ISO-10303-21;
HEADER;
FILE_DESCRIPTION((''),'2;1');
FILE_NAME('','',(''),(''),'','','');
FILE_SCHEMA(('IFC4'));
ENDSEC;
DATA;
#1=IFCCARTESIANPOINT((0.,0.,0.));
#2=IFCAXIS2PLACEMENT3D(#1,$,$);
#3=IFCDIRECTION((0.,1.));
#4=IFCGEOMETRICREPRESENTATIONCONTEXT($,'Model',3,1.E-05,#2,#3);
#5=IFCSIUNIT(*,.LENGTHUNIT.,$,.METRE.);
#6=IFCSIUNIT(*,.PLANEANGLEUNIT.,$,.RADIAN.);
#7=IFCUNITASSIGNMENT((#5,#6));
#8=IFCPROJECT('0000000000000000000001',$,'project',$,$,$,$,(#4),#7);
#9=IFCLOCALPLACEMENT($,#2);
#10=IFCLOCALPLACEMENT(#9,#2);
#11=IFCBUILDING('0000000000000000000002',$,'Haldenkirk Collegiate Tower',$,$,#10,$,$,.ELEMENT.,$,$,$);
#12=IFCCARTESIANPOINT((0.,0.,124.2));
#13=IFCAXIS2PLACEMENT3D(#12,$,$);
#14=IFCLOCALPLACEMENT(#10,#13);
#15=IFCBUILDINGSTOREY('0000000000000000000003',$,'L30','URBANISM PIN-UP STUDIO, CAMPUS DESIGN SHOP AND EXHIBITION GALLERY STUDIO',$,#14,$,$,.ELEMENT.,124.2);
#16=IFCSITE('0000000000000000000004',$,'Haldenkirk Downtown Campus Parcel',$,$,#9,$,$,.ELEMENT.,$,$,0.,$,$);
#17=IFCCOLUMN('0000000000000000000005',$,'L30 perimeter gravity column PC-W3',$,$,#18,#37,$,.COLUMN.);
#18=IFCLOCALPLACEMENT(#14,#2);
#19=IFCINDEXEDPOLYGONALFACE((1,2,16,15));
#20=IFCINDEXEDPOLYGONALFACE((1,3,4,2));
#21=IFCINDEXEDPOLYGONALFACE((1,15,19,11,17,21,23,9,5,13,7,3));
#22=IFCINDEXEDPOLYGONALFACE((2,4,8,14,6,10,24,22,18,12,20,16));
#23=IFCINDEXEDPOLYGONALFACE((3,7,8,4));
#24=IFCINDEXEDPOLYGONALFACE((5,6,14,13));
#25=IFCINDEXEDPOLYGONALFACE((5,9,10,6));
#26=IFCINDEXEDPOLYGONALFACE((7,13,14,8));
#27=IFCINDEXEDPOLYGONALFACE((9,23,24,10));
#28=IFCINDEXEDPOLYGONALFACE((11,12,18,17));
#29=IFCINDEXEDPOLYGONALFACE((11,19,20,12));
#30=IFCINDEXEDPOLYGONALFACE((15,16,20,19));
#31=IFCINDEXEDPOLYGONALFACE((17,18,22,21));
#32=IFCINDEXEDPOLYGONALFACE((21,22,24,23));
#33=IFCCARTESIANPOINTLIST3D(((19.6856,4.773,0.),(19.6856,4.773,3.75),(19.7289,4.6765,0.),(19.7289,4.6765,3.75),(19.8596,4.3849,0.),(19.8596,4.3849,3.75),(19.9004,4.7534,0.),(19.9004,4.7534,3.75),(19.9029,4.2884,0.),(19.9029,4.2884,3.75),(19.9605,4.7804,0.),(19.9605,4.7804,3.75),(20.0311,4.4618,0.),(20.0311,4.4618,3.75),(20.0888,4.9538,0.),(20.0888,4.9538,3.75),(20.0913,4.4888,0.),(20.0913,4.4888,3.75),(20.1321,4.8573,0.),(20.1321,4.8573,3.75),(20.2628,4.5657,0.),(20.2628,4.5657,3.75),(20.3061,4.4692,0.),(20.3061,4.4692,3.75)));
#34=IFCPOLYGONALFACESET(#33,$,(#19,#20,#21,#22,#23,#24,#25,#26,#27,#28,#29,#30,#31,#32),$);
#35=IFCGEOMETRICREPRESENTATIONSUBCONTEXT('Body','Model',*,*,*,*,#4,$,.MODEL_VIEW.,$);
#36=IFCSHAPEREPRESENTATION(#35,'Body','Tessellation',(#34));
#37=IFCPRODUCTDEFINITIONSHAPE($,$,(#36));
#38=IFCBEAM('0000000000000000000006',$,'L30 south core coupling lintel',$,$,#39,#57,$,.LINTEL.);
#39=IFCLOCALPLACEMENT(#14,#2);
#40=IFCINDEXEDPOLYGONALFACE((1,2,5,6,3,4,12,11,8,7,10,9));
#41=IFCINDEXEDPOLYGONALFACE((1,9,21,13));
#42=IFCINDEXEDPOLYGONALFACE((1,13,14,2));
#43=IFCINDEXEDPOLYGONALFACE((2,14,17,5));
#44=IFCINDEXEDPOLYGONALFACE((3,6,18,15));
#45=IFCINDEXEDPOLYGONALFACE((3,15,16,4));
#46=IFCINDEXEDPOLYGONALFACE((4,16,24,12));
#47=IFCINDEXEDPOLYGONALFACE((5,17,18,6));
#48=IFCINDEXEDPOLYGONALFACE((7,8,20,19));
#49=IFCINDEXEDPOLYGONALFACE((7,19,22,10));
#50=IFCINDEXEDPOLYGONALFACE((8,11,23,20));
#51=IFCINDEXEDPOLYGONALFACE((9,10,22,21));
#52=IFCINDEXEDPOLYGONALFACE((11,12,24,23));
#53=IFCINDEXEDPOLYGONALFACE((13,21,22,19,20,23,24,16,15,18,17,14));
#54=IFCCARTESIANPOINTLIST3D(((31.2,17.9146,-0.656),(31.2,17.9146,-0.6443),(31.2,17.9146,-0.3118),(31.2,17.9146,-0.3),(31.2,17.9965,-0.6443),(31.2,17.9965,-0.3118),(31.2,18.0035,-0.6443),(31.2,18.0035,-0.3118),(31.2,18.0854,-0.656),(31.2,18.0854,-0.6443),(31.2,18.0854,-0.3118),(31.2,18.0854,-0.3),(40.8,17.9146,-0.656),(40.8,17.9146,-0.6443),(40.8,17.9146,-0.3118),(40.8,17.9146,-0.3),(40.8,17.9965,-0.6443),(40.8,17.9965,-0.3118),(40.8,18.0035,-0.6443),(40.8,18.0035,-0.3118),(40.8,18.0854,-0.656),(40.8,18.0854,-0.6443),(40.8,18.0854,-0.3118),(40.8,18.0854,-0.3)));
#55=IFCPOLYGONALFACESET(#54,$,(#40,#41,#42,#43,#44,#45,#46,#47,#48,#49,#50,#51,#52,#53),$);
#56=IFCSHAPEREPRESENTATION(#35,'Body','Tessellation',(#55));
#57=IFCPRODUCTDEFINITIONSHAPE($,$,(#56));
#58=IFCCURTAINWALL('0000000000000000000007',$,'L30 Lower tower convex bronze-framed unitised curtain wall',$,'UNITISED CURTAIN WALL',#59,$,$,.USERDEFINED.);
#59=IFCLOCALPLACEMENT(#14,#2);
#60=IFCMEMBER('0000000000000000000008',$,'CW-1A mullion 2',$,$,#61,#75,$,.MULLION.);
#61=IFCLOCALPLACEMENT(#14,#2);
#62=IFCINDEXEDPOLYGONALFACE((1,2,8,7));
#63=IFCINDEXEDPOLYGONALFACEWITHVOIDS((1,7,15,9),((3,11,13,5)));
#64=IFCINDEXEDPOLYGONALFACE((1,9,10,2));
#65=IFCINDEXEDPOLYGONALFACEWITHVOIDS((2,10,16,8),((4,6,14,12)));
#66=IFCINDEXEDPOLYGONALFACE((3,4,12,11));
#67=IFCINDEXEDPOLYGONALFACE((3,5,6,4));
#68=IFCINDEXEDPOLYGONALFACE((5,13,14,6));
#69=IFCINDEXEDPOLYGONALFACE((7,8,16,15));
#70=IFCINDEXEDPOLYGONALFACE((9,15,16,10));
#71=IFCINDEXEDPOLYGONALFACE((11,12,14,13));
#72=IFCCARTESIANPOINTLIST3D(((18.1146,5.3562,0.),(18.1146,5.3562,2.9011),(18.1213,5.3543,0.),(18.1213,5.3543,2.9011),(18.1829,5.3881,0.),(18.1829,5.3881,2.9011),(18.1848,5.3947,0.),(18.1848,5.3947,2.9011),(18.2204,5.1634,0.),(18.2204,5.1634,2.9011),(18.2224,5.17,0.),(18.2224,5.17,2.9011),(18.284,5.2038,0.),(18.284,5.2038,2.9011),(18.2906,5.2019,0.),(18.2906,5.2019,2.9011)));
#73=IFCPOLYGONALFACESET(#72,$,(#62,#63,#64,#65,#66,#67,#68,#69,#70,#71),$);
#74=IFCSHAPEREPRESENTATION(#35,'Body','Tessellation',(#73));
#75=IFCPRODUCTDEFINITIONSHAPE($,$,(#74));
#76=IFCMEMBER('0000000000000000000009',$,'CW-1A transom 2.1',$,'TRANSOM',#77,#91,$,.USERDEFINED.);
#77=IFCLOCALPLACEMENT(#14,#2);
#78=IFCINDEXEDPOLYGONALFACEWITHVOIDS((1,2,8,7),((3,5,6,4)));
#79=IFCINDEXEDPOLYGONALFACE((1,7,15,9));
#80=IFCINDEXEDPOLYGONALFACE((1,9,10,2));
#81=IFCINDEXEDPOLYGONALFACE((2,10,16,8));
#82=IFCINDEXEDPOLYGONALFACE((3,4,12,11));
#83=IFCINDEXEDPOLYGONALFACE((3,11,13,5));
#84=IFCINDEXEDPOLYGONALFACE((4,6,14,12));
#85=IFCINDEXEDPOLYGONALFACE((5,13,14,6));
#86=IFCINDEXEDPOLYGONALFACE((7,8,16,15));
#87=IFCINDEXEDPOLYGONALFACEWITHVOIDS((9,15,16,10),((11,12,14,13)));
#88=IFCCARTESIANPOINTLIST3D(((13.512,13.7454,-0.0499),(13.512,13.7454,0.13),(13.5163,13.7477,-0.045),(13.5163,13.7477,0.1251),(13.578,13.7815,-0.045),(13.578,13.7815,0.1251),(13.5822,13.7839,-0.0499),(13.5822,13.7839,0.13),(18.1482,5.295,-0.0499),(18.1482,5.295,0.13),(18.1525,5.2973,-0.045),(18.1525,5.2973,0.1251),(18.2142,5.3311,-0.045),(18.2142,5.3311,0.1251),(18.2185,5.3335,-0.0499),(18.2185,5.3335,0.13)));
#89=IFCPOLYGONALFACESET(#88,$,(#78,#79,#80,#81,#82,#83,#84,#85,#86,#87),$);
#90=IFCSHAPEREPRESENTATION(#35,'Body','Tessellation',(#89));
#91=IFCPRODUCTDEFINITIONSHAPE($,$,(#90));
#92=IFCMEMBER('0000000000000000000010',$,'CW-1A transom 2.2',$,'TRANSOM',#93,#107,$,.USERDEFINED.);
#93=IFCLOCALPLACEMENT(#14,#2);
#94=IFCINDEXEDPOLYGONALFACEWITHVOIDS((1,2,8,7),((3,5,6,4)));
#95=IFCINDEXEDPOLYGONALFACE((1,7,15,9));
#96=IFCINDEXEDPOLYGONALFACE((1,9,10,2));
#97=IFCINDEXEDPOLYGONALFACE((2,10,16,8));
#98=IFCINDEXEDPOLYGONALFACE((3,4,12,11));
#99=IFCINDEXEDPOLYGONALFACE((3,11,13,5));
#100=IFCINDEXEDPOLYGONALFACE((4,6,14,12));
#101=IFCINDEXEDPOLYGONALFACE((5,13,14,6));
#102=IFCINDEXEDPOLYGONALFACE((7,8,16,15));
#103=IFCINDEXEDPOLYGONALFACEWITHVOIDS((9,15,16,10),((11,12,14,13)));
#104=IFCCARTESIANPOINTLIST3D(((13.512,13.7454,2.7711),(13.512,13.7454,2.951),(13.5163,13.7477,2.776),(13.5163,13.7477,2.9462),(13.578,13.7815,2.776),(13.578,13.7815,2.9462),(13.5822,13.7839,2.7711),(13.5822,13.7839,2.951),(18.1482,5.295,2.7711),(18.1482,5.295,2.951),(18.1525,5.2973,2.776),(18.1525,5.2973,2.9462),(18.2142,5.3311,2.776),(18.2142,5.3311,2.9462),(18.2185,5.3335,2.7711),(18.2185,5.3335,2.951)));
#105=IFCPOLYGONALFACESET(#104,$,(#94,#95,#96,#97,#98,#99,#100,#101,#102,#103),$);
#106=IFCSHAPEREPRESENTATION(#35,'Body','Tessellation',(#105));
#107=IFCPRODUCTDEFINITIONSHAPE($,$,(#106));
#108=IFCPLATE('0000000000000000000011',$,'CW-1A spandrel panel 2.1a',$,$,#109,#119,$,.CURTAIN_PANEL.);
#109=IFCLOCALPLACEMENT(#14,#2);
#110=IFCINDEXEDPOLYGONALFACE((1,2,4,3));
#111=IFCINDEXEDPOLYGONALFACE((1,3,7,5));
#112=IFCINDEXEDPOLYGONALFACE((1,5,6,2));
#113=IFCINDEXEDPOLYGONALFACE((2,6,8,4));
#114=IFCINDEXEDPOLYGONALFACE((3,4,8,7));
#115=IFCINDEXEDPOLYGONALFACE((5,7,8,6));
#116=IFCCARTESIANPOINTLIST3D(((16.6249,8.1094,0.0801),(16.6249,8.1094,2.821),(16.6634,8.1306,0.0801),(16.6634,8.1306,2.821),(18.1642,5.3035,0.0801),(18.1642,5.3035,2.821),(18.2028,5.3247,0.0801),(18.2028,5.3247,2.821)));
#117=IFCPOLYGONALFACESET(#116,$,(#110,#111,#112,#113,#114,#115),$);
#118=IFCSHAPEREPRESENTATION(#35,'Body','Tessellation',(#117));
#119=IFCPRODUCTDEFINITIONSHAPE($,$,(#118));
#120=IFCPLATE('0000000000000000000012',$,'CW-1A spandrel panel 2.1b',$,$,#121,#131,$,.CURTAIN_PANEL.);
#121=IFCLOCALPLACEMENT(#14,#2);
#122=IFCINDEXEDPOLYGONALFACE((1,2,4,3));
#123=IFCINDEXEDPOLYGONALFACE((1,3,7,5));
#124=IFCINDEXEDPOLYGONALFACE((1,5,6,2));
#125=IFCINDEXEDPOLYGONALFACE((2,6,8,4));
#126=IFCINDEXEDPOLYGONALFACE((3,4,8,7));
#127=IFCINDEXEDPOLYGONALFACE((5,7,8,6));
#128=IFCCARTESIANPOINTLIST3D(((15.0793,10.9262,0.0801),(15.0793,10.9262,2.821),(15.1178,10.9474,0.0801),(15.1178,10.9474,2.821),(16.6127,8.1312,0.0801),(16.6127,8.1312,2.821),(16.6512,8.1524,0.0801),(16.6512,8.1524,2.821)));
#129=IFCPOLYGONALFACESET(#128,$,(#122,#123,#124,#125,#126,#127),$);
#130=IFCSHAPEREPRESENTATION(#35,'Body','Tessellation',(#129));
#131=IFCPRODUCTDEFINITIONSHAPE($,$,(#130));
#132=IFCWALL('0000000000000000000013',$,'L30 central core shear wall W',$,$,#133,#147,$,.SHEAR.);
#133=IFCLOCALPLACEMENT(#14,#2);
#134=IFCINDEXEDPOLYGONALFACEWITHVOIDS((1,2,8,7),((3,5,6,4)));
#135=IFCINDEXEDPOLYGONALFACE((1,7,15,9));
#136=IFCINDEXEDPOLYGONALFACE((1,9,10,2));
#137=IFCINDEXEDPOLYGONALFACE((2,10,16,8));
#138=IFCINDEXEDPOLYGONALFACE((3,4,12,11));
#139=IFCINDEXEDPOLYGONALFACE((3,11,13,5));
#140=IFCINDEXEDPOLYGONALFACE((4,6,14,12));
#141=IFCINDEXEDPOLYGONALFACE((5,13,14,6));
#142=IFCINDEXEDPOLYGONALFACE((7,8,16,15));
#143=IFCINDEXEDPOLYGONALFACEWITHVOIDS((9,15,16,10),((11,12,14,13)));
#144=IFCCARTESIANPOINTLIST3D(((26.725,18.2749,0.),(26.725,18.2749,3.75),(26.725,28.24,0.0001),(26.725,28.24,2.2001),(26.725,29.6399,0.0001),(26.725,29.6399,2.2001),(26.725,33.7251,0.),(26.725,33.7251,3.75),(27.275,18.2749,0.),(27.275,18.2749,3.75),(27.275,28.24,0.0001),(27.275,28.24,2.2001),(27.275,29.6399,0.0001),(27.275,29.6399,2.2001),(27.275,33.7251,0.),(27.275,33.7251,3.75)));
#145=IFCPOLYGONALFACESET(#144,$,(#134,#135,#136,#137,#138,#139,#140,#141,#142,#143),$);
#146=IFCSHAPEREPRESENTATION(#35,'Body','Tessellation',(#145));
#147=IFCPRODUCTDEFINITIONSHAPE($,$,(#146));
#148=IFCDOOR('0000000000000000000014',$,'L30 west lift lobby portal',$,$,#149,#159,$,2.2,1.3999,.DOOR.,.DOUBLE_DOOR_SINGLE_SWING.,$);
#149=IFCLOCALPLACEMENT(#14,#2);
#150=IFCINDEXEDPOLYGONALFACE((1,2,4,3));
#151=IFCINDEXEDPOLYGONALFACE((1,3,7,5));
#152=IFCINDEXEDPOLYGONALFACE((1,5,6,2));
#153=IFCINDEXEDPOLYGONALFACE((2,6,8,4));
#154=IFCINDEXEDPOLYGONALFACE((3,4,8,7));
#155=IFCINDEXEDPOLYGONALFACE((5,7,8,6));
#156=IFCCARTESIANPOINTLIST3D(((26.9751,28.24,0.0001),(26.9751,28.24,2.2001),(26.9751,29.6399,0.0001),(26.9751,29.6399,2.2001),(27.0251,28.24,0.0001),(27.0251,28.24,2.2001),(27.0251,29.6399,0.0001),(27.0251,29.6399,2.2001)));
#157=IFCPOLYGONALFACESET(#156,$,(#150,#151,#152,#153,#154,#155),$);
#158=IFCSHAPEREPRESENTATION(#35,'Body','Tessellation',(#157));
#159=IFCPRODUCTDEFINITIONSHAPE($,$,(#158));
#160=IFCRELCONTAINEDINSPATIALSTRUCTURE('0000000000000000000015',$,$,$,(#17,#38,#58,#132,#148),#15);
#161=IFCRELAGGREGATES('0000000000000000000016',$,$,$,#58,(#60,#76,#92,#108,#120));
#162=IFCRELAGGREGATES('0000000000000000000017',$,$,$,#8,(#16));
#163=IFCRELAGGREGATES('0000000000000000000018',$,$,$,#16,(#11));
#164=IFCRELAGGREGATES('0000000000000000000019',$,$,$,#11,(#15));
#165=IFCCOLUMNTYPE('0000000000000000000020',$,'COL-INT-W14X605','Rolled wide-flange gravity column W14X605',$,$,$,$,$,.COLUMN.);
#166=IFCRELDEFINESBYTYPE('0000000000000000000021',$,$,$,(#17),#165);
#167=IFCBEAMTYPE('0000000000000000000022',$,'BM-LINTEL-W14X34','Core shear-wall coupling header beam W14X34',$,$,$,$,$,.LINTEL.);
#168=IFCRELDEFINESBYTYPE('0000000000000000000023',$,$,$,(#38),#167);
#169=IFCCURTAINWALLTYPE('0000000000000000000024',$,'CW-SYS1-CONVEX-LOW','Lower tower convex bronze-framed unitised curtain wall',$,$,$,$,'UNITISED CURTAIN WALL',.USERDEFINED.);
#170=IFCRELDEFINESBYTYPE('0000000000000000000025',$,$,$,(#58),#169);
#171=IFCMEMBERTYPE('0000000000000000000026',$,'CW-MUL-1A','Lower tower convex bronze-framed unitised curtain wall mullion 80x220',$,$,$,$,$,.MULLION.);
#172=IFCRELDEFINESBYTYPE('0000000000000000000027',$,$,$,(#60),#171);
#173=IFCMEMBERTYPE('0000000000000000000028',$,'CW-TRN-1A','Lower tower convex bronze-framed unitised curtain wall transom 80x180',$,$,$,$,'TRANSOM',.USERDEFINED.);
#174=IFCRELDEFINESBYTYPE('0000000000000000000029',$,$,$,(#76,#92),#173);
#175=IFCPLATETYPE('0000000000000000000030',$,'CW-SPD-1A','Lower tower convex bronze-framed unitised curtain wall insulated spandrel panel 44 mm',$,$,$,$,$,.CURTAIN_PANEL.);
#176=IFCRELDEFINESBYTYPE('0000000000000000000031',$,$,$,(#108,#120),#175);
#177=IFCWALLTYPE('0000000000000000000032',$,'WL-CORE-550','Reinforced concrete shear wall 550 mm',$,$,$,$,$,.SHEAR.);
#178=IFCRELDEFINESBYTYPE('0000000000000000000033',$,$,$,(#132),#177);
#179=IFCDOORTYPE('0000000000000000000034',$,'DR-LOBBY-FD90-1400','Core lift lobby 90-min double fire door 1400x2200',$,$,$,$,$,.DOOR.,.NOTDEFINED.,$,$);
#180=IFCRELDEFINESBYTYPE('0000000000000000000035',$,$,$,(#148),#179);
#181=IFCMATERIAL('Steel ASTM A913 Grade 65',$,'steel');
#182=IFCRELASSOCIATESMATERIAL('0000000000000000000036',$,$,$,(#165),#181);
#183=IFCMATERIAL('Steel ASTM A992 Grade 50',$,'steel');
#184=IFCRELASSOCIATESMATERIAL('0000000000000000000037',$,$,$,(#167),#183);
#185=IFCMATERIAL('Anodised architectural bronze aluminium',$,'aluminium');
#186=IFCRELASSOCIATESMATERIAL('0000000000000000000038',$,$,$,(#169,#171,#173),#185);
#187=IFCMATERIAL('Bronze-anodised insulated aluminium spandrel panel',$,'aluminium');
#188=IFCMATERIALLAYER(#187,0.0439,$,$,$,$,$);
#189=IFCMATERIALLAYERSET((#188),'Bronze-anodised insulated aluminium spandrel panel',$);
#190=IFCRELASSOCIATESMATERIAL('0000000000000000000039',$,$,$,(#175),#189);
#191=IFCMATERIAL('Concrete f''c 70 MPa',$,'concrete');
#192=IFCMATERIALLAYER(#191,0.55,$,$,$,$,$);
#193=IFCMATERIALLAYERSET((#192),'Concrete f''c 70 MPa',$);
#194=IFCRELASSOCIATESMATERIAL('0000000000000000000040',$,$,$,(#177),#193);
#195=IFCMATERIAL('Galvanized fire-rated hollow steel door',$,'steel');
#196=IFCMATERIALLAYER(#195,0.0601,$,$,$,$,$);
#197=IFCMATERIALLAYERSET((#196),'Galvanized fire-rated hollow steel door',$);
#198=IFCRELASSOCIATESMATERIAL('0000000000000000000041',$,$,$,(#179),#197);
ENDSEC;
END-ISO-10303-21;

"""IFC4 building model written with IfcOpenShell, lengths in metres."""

from ifc_helpers import new_model, si_unit, direction, frame, frame_2d, origin, origin_2d, place, context, subcontext, project, spatial, rectangle, hollow_rectangle, i_section, extrude, source, transform, mapped, material, layer, layer_set, material_profile, profile_set, type_object, element, fill, aggregate, save


model = new_model("IFC4")

# Units and contexts
model_context = context("Model", 3, precision=1e-05, world=origin(), true_north=direction((0.0, 1.0)))
body_context = subcontext(model_context, "Body", "Model", "MODEL_VIEW")
ifc_project = project(units=[si_unit("LENGTHUNIT", "METRE"), si_unit("PLANEANGLEUNIT", "RADIAN")], contexts=[model_context])

# Site, building, storey
site_placement = place(None, origin())
site = spatial("IfcSite", under=ifc_project, at=site_placement, Name="Haldenkirk Downtown Campus Parcel", CompositionType="ELEMENT", RefElevation=0.0)
building_placement = place(site_placement, origin())
building = spatial("IfcBuilding", under=site, at=building_placement, Name="Haldenkirk Collegiate Tower", CompositionType="ELEMENT")
storey_placement = place(building_placement, frame((0.0, 0.0, 124.2)))
storey = spatial("IfcBuildingStorey", under=building, at=storey_placement, Name="L30", Description="URBANISM PIN-UP STUDIO, CAMPUS DESIGN SHOP AND EXHIBITION GALLERY STUDIO", CompositionType="ELEMENT", Elevation=124.2)

# Column
ifc_material_1 = material(Name="Steel ASTM A913 Grade 65", Category="steel")
ifc_material_profile_1 = material_profile(ifc_material_1, i_section(OverallWidth=0.4419, OverallDepth=0.531, WebThickness=0.0659, FlangeThickness=0.1057, at=origin_2d()), Name="W14X605")
ifc_profile_set_1 = profile_set([ifc_material_profile_1], Name="Steel ASTM A913 Grade 65")
column_type = type_object("IfcColumnType", Name="COL-INT-W14X605", Description="Rolled wide-flange gravity column W14X605", PredefinedType="COLUMN", material=ifc_profile_set_1)
column_placement = place(storey_placement, frame((19.9958, 4.6211, 0.0), z_axis=(0.0, 0.0, 1.0), x_axis=(0.912477, 0.409127, 0.0)))
element("IfcColumn", 1, at=column_placement, inside=storey, type_object=column_type, Name="L30 perimeter gravity column PC-W3", PredefinedType="COLUMN", context=body_context, shape_type="SweptSolid", body=[
    extrude(i_section(OverallWidth=0.4419, OverallDepth=0.531, WebThickness=0.0659, FlangeThickness=0.1057, at=origin_2d()), origin(), (0.0, 0.0, 1.0), 3.75),
])

# Beam
ifc_material_2 = material(Name="Steel ASTM A992 Grade 50", Category="steel")
ifc_material_profile_2 = material_profile(ifc_material_2, i_section(OverallWidth=0.1709, OverallDepth=0.356, WebThickness=0.0071, FlangeThickness=0.0117, at=origin_2d()), Name="W14X34")
ifc_profile_set_2 = profile_set([ifc_material_profile_2], Name="Steel ASTM A992 Grade 50")
beam_type = type_object("IfcBeamType", Name="BM-LINTEL-W14X34", Description="Core shear-wall coupling header beam W14X34", PredefinedType="LINTEL", material=ifc_profile_set_2)
beam_placement = place(storey_placement, frame((31.2, 18.0, -0.478), z_axis=(1.0, 0.0, 0.0), x_axis=(0.0, 1.0, 0.0)))
element("IfcBeam", 2, at=beam_placement, inside=storey, type_object=beam_type, Name="L30 south core coupling lintel", PredefinedType="LINTEL", context=body_context, shape_type="SweptSolid", body=[
    extrude(i_section(OverallWidth=0.1709, OverallDepth=0.356, WebThickness=0.0071, FlangeThickness=0.0117, at=origin_2d()), origin(), (0.0, 0.0, 1.0), 9.6001),
])

# Curtain wall, members, plates
ifc_material_3 = material(Name="Anodised architectural bronze aluminium", Category="aluminium")
curtain_wall_type = type_object("IfcCurtainWallType", Name="CW-SYS1-CONVEX-LOW", Description="Lower tower convex bronze-framed unitised curtain wall", ElementType="UNITISED CURTAIN WALL", PredefinedType="USERDEFINED", material=ifc_material_3)
curtain_wall_placement = place(storey_placement, origin())
curtain_wall = element("IfcCurtainWall", 3, at=curtain_wall_placement, inside=storey, type_object=curtain_wall_type, Name="L30 Lower tower convex bronze-framed unitised curtain wall", ObjectType="UNITISED CURTAIN WALL", PredefinedType="USERDEFINED")
ifc_material_profile_3 = material_profile(ifc_material_3, hollow_rectangle(XDim=0.0801, YDim=0.22, WallThickness=0.0049, at=origin_2d()), Name="CW-MUL-1A")
ifc_profile_set_3 = profile_set([ifc_material_profile_3], Name="Anodised architectural bronze aluminium")
member_type_1 = type_object("IfcMemberType", Name="CW-MUL-1A", Description="Lower tower convex bronze-framed unitised curtain wall mullion 80x220", PredefinedType="MULLION", material=ifc_profile_set_3)
member_1_placement = place(storey_placement, frame((18.2026, 5.2791, 0.0), z_axis=(0.0, 0.0, 1.0), x_axis=(-0.876727, -0.480989, 0.0)))
member_1 = element("IfcMember", 4, at=member_1_placement, type_object=member_type_1, Name="CW-1A mullion 2", PredefinedType="MULLION", context=body_context, shape_type="SweptSolid", body=[
    extrude(hollow_rectangle(XDim=0.0801, YDim=0.22, WallThickness=0.0049, at=origin_2d()), origin(), (0.0, 0.0, 1.0), 2.9011),
])
ifc_material_profile_4 = material_profile(ifc_material_3, hollow_rectangle(XDim=0.0801, YDim=0.1799, WallThickness=0.0049, at=origin_2d()), Name="CW-TRN-1A")
ifc_profile_set_4 = profile_set([ifc_material_profile_4], Name="Anodised architectural bronze aluminium")
member_type_2 = type_object("IfcMemberType", Name="CW-TRN-1A", Description="Lower tower convex bronze-framed unitised curtain wall transom 80x180", ElementType="TRANSOM", PredefinedType="USERDEFINED", material=ifc_profile_set_4)
member_2_placement = place(storey_placement, frame((18.1833, 5.3142, 0.04), z_axis=(-0.481002, 0.87672, 0.0), x_axis=(-0.87672, -0.481002, 0.0)))
member_2 = element("IfcMember", 5, at=member_2_placement, type_object=member_type_2, Name="CW-1A transom 2.1", ObjectType="TRANSOM", PredefinedType="USERDEFINED", context=body_context, shape_type="SweptSolid", body=[
    extrude(hollow_rectangle(XDim=0.0801, YDim=0.1799, WallThickness=0.0049, at=origin_2d()), origin(), (0.0, 0.0, 1.0), 9.6387),
])
member_3_placement = place(storey_placement, frame((18.1833, 5.3142, 2.8611), z_axis=(-0.481002, 0.87672, 0.0), x_axis=(-0.87672, -0.481002, 0.0)))
member_3 = element("IfcMember", 6, at=member_3_placement, type_object=member_type_2, Name="CW-1A transom 2.2", ObjectType="TRANSOM", PredefinedType="USERDEFINED", context=body_context, shape_type="SweptSolid", body=[
    extrude(hollow_rectangle(XDim=0.0801, YDim=0.1799, WallThickness=0.0049, at=origin_2d()), origin(), (0.0, 0.0, 1.0), 9.6387),
])
ifc_material_4 = material(Name="Bronze-anodised insulated aluminium spandrel panel", Category="aluminium")
ifc_layer_1 = layer(ifc_material_4, 0.0439)
ifc_layer_set_1 = layer_set([ifc_layer_1], Name="Bronze-anodised insulated aluminium spandrel panel")
plate_type = type_object("IfcPlateType", Name="CW-SPD-1A", Description="Lower tower convex bronze-framed unitised curtain wall insulated spandrel panel 44 mm", PredefinedType="CURTAIN_PANEL", material=ifc_layer_set_1)
shared_shape_1 = source(origin(), body_context, "Body", "SweptSolid", [
    extrude(rectangle(XDim=3.2004, YDim=0.0439, at=origin_2d()), origin(), (0.0, 0.0, 1.0), 2.741),
])
plate_1_placement = place(storey_placement, frame((17.4138, 6.717, 0.0801), z_axis=(0.0, 0.0, 1.0), x_axis=(-0.480989, 0.876727, 0.0)))
plate_1 = element("IfcPlate", 7, at=plate_1_placement, type_object=plate_type, Name="CW-1A spandrel panel 2.1a", PredefinedType="CURTAIN_PANEL", context=body_context, shape_type="MappedRepresentation", body=[
    mapped(shared_shape_1, transform((0.0, 0.0, 0.0), x_axis=(1.0, 0.0, 0.0), y_axis=(0.0, 1.0, 0.0), z_axis=(0.0, 0.0, 1.0), scale=1.0)),
])
shared_shape_2 = source(origin(), body_context, "Body", "SweptSolid", [
    extrude(rectangle(XDim=3.188, YDim=0.0439, at=origin_2d()), origin(), (0.0, 0.0, 1.0), 2.741),
])
plate_2_placement = place(storey_placement, frame((15.8652, 9.5393, 0.0801), z_axis=(0.0, 0.0, 1.0), x_axis=(-0.480989, 0.876727, 0.0)))
plate_2 = element("IfcPlate", 8, at=plate_2_placement, type_object=plate_type, Name="CW-1A spandrel panel 2.1b", PredefinedType="CURTAIN_PANEL", context=body_context, shape_type="MappedRepresentation", body=[
    mapped(shared_shape_2, transform((0.0, 0.0, 0.0), x_axis=(1.0, 0.0, 0.0), y_axis=(0.0, 1.0, 0.0), z_axis=(0.0, 0.0, 1.0), scale=1.0)),
])
aggregate(curtain_wall, [member_1, member_2, member_3, plate_1, plate_2])

# Shared definitions
ifc_material_5 = material(Name="Concrete f'c 70 MPa", Category="concrete")
ifc_layer_2 = layer(ifc_material_5, 0.55)
ifc_layer_set_2 = layer_set([ifc_layer_2], Name="Concrete f'c 70 MPa")
wall_type_1 = type_object("IfcWallType", Name="WL-CORE-550", Description="Reinforced concrete shear wall 550 mm", PredefinedType="SHEAR", material=ifc_layer_set_2)
ifc_material_6 = material(Name="Galvanized fire-rated hollow steel door", Category="steel")

# Wall, opening, door
wall_1_placement = place(storey_placement, frame((27.0, 18.2749, 0.0), z_axis=(0.0, 0.0, 1.0), x_axis=(0.0, 1.0, 0.0)))
wall_1 = element("IfcWall", 9, at=wall_1_placement, inside=storey, type_object=wall_type_1, Name="L30 central core shear wall W", PredefinedType="SHEAR", context=body_context, shape_type="SweptSolid", body=[
    extrude(rectangle(XDim=15.4502, YDim=0.55, at=frame_2d((7.7251, 0.0))), origin(), (0.0, 0.0, 1.0), 3.75),
])
opening_1_placement = place(wall_1_placement, frame((9.9651, 0.0, 0.0)))
opening_1 = element("IfcOpeningElement", 10, at=opening_1_placement, cuts=wall_1, PredefinedType="OPENING", context=body_context, shape_type="SweptSolid", body=[
    extrude(rectangle(XDim=1.3999, YDim=2.2, at=frame_2d((0.7, 1.1001))), frame((0.0, 0.2849, 0.0), z_axis=(0.0, -1.0, 0.0), x_axis=(1.0, 0.0, 0.0)), (0.0, 0.0, 1.0), 0.5701),
])
ifc_layer_3 = layer(ifc_material_6, 0.0601)
ifc_layer_set_3 = layer_set([ifc_layer_3], Name="Galvanized fire-rated hollow steel door")
door_type_1 = type_object("IfcDoorType", Name="DR-LOBBY-FD90-1400", Description="Core lift lobby 90-min double fire door 1400x2200", OperationType="NOTDEFINED", PredefinedType="DOOR", material=ifc_layer_set_3)
door_1_placement = place(opening_1_placement, origin())
door_1 = element("IfcDoor", 11, at=door_1_placement, inside=storey, type_object=door_type_1, Name="L30 west lift lobby portal", OperationType="DOUBLE_DOOR_SINGLE_SWING", OverallHeight=2.2, OverallWidth=1.3999, PredefinedType="DOOR", context=body_context, shape_type="SweptSolid", body=[
    extrude(rectangle(XDim=1.3999, YDim=2.2, at=frame_2d((0.7, 1.1001))), frame((0.0, 0.0249, 0.0), z_axis=(0.0, -1.0, 0.0), x_axis=(1.0, 0.0, 0.0)), (0.0, 0.0, 1.0), 0.05),
])
fill(opening_1, door_1)

save(model, "model.ifc")
